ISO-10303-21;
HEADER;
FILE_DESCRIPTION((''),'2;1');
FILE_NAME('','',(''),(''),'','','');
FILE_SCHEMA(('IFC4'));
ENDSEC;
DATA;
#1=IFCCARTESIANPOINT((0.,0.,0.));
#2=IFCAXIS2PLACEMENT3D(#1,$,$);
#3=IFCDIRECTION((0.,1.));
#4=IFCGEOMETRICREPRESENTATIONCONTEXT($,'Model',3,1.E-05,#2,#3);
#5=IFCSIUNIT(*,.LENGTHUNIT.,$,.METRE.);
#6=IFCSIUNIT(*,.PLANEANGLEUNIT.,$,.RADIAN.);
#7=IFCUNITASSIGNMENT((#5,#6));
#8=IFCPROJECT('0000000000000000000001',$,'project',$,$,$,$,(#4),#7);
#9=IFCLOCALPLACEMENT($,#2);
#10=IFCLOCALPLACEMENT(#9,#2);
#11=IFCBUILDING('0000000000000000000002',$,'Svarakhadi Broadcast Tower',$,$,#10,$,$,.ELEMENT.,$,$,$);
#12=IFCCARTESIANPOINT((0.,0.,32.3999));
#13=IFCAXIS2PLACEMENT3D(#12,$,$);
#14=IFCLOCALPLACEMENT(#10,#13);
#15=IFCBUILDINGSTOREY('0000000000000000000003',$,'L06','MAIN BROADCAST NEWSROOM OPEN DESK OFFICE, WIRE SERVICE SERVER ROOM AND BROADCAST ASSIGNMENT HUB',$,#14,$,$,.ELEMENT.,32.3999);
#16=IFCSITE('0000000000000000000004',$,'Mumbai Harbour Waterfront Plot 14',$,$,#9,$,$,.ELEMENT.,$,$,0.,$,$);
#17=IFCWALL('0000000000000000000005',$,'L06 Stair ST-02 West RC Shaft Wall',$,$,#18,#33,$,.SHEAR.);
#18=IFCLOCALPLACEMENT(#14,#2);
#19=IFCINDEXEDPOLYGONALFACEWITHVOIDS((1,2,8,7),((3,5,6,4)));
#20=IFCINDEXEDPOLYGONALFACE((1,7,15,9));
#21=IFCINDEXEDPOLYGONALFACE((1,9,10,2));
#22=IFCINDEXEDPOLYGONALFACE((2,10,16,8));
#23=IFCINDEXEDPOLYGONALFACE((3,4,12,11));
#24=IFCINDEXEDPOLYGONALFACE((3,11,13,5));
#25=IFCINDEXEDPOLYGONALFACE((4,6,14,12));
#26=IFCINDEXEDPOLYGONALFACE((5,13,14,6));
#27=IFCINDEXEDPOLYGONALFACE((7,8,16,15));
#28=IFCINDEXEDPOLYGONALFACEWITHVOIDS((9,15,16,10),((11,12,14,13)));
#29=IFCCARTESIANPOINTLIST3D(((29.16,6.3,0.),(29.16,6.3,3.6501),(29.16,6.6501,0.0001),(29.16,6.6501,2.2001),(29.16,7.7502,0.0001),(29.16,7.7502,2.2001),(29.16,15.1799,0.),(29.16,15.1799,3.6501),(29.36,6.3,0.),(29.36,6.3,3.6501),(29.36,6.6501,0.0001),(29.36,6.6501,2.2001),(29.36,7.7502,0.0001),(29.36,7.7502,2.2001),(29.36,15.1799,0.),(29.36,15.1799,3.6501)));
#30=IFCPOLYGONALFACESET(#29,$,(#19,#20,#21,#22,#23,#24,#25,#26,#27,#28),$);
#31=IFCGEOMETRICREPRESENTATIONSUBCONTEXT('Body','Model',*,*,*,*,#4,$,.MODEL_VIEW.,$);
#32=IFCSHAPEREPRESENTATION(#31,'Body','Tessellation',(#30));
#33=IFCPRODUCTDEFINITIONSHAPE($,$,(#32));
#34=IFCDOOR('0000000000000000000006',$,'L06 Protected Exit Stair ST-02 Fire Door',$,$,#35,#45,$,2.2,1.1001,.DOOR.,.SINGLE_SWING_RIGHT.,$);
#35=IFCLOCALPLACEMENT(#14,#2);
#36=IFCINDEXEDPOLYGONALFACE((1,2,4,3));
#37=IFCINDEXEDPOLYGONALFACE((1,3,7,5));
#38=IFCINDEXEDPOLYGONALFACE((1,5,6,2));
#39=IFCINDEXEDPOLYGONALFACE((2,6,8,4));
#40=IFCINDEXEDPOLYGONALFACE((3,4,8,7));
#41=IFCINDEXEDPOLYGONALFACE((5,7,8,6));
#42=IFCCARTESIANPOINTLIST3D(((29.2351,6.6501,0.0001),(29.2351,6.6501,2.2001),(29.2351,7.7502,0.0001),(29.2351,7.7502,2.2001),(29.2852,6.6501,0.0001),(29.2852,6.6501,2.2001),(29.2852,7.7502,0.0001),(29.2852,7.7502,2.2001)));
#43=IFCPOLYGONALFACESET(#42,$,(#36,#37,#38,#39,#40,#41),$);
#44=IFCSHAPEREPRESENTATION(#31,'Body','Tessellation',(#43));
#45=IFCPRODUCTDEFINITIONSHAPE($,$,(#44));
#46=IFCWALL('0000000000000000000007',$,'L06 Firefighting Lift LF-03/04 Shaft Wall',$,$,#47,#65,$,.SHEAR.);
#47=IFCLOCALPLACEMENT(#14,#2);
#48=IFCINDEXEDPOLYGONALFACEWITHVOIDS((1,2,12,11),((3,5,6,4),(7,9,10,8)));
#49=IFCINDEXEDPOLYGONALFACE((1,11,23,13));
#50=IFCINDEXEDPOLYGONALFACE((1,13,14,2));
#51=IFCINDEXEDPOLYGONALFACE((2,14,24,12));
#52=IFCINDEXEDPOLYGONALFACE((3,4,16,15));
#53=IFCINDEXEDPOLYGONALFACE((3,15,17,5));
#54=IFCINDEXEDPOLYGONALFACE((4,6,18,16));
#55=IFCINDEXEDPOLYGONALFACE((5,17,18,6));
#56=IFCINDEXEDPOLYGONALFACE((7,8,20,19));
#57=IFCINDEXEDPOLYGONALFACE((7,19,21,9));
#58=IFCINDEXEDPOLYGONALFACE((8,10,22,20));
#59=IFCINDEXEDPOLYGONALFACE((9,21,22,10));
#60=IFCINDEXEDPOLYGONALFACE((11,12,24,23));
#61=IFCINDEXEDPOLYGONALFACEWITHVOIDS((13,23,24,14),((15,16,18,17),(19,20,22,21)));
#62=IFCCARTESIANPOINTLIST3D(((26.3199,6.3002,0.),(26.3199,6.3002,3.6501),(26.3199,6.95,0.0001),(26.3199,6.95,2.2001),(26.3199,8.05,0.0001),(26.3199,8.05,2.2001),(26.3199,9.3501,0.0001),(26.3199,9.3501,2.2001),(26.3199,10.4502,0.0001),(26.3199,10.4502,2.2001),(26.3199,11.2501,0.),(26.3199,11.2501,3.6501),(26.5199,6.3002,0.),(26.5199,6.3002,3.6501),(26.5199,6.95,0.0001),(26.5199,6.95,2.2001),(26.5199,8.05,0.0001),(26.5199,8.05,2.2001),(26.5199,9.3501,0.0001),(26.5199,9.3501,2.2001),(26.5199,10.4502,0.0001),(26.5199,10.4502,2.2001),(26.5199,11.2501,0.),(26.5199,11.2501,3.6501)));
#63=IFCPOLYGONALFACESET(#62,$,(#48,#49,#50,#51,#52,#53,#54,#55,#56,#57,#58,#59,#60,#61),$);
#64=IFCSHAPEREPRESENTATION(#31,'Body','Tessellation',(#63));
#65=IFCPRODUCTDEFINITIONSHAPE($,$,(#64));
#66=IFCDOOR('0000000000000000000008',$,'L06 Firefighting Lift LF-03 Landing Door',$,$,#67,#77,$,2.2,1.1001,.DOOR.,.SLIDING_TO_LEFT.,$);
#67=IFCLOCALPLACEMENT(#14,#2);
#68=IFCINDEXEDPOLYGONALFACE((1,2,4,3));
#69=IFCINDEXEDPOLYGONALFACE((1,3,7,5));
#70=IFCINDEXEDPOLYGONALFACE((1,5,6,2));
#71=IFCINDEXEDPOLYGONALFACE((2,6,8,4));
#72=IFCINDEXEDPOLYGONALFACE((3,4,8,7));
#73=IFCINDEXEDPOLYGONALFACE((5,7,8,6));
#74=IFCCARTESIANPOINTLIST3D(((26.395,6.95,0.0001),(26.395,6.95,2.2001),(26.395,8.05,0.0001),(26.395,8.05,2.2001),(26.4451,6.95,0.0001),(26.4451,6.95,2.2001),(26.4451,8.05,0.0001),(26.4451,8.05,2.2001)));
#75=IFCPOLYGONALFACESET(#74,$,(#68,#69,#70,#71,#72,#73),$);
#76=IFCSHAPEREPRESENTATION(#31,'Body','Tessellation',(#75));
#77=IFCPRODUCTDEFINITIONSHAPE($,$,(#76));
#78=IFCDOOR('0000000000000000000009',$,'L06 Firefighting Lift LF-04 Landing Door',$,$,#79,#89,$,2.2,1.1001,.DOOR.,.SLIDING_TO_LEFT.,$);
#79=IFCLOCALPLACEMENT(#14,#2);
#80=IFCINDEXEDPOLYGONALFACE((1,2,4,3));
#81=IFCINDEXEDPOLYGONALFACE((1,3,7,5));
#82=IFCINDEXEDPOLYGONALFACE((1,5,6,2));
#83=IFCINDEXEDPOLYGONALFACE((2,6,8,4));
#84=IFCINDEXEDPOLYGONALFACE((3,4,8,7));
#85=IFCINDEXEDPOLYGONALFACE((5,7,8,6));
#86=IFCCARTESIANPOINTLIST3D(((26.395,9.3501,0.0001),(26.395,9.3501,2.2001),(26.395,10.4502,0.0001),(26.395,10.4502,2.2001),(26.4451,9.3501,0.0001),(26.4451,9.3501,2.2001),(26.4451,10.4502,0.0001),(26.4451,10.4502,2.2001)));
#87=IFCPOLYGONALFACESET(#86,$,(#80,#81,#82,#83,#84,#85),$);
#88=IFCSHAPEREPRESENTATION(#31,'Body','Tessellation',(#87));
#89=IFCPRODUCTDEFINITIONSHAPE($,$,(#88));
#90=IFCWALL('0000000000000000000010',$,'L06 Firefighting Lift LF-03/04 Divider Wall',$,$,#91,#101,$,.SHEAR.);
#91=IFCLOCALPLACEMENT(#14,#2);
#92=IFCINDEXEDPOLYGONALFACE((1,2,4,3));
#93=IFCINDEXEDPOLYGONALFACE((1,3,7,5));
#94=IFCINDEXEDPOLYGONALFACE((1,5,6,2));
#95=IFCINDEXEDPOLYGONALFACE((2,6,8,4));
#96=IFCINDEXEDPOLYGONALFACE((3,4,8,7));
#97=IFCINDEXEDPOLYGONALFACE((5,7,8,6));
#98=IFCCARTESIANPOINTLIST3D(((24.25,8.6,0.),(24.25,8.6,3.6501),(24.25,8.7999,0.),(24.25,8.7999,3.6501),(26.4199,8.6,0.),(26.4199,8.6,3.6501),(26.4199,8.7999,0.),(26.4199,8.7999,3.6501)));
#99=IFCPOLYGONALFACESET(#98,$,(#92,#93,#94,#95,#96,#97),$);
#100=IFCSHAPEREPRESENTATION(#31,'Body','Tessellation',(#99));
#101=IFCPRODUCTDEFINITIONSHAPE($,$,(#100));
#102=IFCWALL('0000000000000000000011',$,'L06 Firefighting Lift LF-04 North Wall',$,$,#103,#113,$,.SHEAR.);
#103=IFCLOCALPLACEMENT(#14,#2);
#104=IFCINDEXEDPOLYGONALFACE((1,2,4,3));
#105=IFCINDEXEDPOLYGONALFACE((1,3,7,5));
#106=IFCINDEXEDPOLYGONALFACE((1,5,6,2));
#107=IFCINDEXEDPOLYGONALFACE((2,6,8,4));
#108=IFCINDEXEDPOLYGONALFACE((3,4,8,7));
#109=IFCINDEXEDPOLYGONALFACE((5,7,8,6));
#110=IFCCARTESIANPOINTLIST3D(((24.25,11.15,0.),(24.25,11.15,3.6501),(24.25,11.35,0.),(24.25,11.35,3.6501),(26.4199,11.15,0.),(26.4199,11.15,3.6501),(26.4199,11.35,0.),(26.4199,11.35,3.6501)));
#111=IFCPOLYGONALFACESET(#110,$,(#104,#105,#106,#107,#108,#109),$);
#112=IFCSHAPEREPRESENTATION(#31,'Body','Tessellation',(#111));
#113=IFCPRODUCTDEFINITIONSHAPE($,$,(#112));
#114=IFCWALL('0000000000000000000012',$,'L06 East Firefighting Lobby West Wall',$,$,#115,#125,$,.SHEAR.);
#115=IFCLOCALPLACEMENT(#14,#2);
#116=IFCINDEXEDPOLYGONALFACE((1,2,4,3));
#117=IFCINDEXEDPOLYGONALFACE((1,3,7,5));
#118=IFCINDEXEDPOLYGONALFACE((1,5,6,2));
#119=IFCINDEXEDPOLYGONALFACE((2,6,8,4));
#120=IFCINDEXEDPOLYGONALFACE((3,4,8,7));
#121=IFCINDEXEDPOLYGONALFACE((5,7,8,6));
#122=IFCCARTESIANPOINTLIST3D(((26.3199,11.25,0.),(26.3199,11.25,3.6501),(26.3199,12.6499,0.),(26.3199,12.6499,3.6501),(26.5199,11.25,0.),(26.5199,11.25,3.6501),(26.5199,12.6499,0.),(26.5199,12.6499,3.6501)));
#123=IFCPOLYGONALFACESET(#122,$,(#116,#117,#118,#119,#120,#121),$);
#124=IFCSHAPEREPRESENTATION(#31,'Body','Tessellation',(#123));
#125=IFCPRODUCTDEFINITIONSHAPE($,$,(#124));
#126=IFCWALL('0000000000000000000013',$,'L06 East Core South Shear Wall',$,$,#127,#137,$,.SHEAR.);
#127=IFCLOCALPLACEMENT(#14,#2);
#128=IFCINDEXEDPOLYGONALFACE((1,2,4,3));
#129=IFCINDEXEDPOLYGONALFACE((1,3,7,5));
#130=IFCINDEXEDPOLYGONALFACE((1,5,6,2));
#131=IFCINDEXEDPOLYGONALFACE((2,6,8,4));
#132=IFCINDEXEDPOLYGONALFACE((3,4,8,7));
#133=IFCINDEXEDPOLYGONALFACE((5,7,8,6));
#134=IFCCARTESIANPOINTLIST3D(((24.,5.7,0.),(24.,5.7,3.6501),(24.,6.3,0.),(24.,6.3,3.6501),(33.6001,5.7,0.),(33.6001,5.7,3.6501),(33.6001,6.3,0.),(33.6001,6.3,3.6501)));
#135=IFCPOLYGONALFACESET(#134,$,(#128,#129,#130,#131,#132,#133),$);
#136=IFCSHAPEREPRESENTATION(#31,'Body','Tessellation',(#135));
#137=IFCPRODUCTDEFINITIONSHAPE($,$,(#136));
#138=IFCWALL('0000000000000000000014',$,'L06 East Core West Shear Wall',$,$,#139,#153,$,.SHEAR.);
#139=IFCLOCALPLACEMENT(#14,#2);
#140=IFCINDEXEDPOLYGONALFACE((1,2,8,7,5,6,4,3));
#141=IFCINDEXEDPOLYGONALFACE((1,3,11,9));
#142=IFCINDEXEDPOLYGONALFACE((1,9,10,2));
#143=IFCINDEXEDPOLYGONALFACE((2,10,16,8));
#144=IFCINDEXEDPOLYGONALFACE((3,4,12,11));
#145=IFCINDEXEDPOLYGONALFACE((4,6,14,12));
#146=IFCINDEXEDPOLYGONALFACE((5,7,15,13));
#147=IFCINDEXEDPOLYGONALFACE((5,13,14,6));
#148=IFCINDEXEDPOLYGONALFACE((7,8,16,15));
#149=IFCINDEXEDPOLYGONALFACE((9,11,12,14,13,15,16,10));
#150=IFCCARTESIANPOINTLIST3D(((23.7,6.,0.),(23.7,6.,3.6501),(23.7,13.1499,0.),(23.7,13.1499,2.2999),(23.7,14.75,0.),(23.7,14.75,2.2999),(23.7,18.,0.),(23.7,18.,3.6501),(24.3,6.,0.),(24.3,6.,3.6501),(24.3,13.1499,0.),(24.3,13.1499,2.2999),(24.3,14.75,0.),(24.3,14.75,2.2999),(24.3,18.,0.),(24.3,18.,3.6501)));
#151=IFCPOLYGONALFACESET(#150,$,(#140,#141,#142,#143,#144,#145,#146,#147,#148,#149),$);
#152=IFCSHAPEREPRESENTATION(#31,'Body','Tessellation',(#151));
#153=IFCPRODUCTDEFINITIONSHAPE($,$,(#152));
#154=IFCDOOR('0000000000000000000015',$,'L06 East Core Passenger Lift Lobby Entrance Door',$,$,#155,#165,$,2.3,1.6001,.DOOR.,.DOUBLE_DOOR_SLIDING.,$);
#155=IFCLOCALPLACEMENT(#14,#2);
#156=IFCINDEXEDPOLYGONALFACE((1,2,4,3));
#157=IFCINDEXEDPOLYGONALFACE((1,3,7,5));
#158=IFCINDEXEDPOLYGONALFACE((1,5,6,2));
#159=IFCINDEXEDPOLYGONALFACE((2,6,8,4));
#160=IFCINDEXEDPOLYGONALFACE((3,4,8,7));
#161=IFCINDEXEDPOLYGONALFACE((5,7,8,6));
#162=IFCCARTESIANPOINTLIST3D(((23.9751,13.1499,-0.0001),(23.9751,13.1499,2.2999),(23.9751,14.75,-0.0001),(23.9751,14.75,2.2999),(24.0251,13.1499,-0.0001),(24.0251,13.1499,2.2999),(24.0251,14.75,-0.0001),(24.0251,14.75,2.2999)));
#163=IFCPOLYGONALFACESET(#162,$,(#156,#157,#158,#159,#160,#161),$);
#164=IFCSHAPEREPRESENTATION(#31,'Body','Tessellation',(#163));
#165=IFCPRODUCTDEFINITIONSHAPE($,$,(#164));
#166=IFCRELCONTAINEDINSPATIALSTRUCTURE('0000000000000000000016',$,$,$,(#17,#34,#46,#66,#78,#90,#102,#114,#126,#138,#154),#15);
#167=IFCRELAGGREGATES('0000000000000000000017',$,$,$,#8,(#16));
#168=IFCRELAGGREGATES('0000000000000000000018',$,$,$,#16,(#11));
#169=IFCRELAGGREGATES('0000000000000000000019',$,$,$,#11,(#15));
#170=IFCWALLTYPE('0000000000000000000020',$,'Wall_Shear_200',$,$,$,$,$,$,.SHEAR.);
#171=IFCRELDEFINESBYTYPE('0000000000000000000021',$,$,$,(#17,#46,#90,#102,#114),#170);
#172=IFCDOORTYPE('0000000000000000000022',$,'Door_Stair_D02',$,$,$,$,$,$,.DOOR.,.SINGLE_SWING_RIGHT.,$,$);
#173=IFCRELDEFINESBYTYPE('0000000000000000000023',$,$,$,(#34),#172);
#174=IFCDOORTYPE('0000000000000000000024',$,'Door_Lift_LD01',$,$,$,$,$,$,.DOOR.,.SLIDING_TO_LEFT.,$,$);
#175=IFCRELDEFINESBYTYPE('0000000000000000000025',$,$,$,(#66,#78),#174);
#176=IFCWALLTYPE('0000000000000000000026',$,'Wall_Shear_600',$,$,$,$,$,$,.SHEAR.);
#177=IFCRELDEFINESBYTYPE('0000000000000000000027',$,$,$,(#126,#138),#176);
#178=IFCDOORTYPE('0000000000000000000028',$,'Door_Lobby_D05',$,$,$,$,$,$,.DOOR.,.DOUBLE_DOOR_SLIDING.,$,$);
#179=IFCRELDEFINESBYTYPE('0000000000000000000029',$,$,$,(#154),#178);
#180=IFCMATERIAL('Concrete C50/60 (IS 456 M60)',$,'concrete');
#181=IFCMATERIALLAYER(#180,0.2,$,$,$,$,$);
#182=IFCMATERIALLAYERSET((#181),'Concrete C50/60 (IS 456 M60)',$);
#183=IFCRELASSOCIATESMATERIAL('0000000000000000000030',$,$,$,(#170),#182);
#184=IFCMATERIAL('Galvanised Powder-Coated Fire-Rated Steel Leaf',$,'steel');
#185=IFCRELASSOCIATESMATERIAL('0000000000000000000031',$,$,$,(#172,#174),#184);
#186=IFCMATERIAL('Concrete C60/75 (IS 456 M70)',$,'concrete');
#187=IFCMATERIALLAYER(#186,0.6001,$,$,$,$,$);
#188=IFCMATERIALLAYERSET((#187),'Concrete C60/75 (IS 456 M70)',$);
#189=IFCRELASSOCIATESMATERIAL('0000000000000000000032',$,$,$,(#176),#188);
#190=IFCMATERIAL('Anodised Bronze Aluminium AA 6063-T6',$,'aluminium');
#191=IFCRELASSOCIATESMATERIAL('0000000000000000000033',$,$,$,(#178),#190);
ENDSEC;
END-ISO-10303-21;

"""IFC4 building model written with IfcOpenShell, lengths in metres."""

from ifc_helpers import new_model, si_unit, direction, frame, frame_2d, origin, place, context, subcontext, project, spatial, rectangle, extrude, material, layer, layer_set, type_object, element, fill, save


model = new_model("IFC4")

# Units and contexts
model_context = context("Model", 3, precision=1e-05, world=origin(), true_north=direction((0.0, 1.0)))
body_context = subcontext(model_context, "Body", "Model", "MODEL_VIEW")
ifc_project = project(units=[si_unit("LENGTHUNIT", "METRE"), si_unit("PLANEANGLEUNIT", "RADIAN")], contexts=[model_context])

# Site, building, storey
site_placement = place(None, origin())
site = spatial("IfcSite", under=ifc_project, at=site_placement, Name="Mumbai Harbour Waterfront Plot 14", CompositionType="ELEMENT", RefElevation=0.0)
building_placement = place(site_placement, origin())
building = spatial("IfcBuilding", under=site, at=building_placement, Name="Svarakhadi Broadcast Tower", CompositionType="ELEMENT")
storey_placement = place(building_placement, frame((0.0, 0.0, 32.3999)))
storey = spatial("IfcBuildingStorey", under=building, at=storey_placement, Name="L06", Description="MAIN BROADCAST NEWSROOM OPEN DESK OFFICE, WIRE SERVICE SERVER ROOM AND BROADCAST ASSIGNMENT HUB", CompositionType="ELEMENT", Elevation=32.3999)

# Shared definitions
ifc_material_1 = material(Name="Concrete C60/75 (IS 456 M70)", Category="concrete")

# Shared definitions
ifc_material_2 = material(Name="Concrete C50/60 (IS 456 M60)", Category="concrete")

# Wall, opening, door
ifc_layer_1 = layer(ifc_material_2, 0.2)
ifc_layer_set_1 = layer_set([ifc_layer_1], Name="Concrete C50/60 (IS 456 M60)")
wall_type_1 = type_object("IfcWallType", Name="Wall_Shear_200", PredefinedType="SHEAR", material=ifc_layer_set_1)
wall_1_placement = place(storey_placement, frame((29.26, 6.3, 0.0), z_axis=(0.0, 0.0, 1.0), x_axis=(0.0, 1.0, 0.0)))
wall_1 = element("IfcWall", 1, at=wall_1_placement, inside=storey, type_object=wall_type_1, Name="L06 Stair ST-02 West RC Shaft Wall", PredefinedType="SHEAR", context=body_context, shape_type="SweptSolid", body=[
    extrude(rectangle(XDim=8.8799, YDim=0.2, at=frame_2d((4.4399, 0.0))), origin(), (0.0, 0.0, 1.0), 3.6501),
])
opening_1_placement = place(wall_1_placement, frame((0.3501, 0.0, 0.0)))
opening_1 = element("IfcOpeningElement", 2, at=opening_1_placement, cuts=wall_1, PredefinedType="OPENING", context=body_context, shape_type="SweptSolid", body=[
    extrude(rectangle(XDim=1.1001, YDim=2.2, at=frame_2d((0.55, 1.1001))), frame((0.0, 0.1099, 0.0), z_axis=(0.0, -1.0, 0.0), x_axis=(1.0, 0.0, 0.0)), (0.0, 0.0, 1.0), 0.22),
])
ifc_material_3 = material(Name="Galvanised Powder-Coated Fire-Rated Steel Leaf", Category="steel")
door_type_1 = type_object("IfcDoorType", Name="Door_Stair_D02", OperationType="SINGLE_SWING_RIGHT", PredefinedType="DOOR", material=ifc_material_3)
door_1_placement = place(opening_1_placement, origin())
door_1 = element("IfcDoor", 3, at=door_1_placement, inside=storey, type_object=door_type_1, Name="L06 Protected Exit Stair ST-02 Fire Door", OperationType="SINGLE_SWING_RIGHT", OverallHeight=2.2, OverallWidth=1.1001, PredefinedType="DOOR", context=body_context, shape_type="SweptSolid", body=[
    extrude(rectangle(XDim=1.1001, YDim=2.2, at=frame_2d((0.55, 1.1001))), frame((0.0, 0.0249, 0.0), z_axis=(0.0, -1.0, 0.0), x_axis=(1.0, 0.0, 0.0)), (0.0, 0.0, 1.0), 0.05),
])
fill(opening_1, door_1)

# Wall, openings, doors
wall_2_placement = place(storey_placement, frame((26.4199, 6.3, 0.0), z_axis=(0.0, 0.0, 1.0), x_axis=(0.0, 1.0, 0.0)))
wall_2 = element("IfcWall", 4, at=wall_2_placement, inside=storey, type_object=wall_type_1, Name="L06 Firefighting Lift LF-03/04 Shaft Wall", PredefinedType="SHEAR", context=body_context, shape_type="SweptSolid", body=[
    extrude(rectangle(XDim=4.95, YDim=0.2, at=frame_2d((2.4751, 0.0))), origin(), (0.0, 0.0, 1.0), 3.6501),
])
opening_2_placement = place(wall_2_placement, frame((0.6499, 0.0, 0.0)))
opening_2 = element("IfcOpeningElement", 5, at=opening_2_placement, cuts=wall_2, PredefinedType="OPENING", context=body_context, shape_type="SweptSolid", body=[
    extrude(rectangle(XDim=1.1001, YDim=2.2, at=frame_2d((0.55, 1.1001))), frame((0.0, 0.1099, 0.0), z_axis=(0.0, -1.0, 0.0), x_axis=(1.0, 0.0, 0.0)), (0.0, 0.0, 1.0), 0.22),
])
opening_3_placement = place(wall_2_placement, frame((3.05, 0.0, 0.0)))
opening_3 = element("IfcOpeningElement", 6, at=opening_3_placement, cuts=wall_2, PredefinedType="OPENING", context=body_context, shape_type="SweptSolid", body=[
    extrude(rectangle(XDim=1.1001, YDim=2.2, at=frame_2d((0.55, 1.1001))), frame((0.0, 0.1099, 0.0), z_axis=(0.0, -1.0, 0.0), x_axis=(1.0, 0.0, 0.0)), (0.0, 0.0, 1.0), 0.22),
])
door_type_2 = type_object("IfcDoorType", Name="Door_Lift_LD01", OperationType="SLIDING_TO_LEFT", PredefinedType="DOOR", material=ifc_material_3)
door_2_placement = place(opening_2_placement, origin())
door_2 = element("IfcDoor", 7, at=door_2_placement, inside=storey, type_object=door_type_2, Name="L06 Firefighting Lift LF-03 Landing Door", OperationType="SLIDING_TO_LEFT", OverallHeight=2.2, OverallWidth=1.1001, PredefinedType="DOOR", context=body_context, shape_type="SweptSolid", body=[
    extrude(rectangle(XDim=1.1001, YDim=2.2, at=frame_2d((0.55, 1.1001))), frame((0.0, 0.0249, 0.0), z_axis=(0.0, -1.0, 0.0), x_axis=(1.0, 0.0, 0.0)), (0.0, 0.0, 1.0), 0.05),
])
fill(opening_2, door_2)
door_3_placement = place(opening_3_placement, origin())
door_3 = element("IfcDoor", 8, at=door_3_placement, inside=storey, type_object=door_type_2, Name="L06 Firefighting Lift LF-04 Landing Door", OperationType="SLIDING_TO_LEFT", OverallHeight=2.2, OverallWidth=1.1001, PredefinedType="DOOR", context=body_context, shape_type="SweptSolid", body=[
    extrude(rectangle(XDim=1.1001, YDim=2.2, at=frame_2d((0.55, 1.1001))), frame((0.0, 0.0249, 0.0), z_axis=(0.0, -1.0, 0.0), x_axis=(1.0, 0.0, 0.0)), (0.0, 0.0, 1.0), 0.05),
])
fill(opening_3, door_3)

# Walls
for number, where, z_axis, x_axis, name in (
    (9, (24.25, 8.7, 0.0), (0.0, 0.0, 1.0), (1.0, 0.0, 0.0), "L06 Firefighting Lift LF-03/04 Divider Wall"),
    (10, (24.25, 11.25, 0.0), (0.0, 0.0, 1.0), (1.0, 0.0, 0.0), "L06 Firefighting Lift LF-04 North Wall"),
):
    element("IfcWall", number, at=place(storey_placement, frame(where, z_axis=z_axis, x_axis=x_axis)), inside=storey, type_object=wall_type_1, Name=name, PredefinedType="SHEAR", context=body_context, shape_type="SweptSolid", body=[
        extrude(rectangle(XDim=2.1699, YDim=0.2, at=frame_2d((1.085, 0.0))), origin(), (0.0, 0.0, 1.0), 3.6501),
    ])
wall_3_placement = place(storey_placement, frame((26.4199, 11.25, 0.0), z_axis=(0.0, 0.0, 1.0), x_axis=(0.0, 1.0, 0.0)))
element("IfcWall", 11, at=wall_3_placement, inside=storey, type_object=wall_type_1, Name="L06 East Firefighting Lobby West Wall", PredefinedType="SHEAR", context=body_context, shape_type="SweptSolid", body=[
    extrude(rectangle(XDim=1.3999, YDim=0.2, at=frame_2d((0.7, 0.0))), origin(), (0.0, 0.0, 1.0), 3.6501),
])
ifc_layer_2 = layer(ifc_material_1, 0.6001)
ifc_layer_set_2 = layer_set([ifc_layer_2], Name="Concrete C60/75 (IS 456 M70)")
wall_type_2 = type_object("IfcWallType", Name="Wall_Shear_600", PredefinedType="SHEAR", material=ifc_layer_set_2)
wall_4_placement = place(storey_placement, frame((24.0, 6.0, 0.0), z_axis=(0.0, 0.0, 1.0), x_axis=(1.0, 0.0, 0.0)))
element("IfcWall", 12, at=wall_4_placement, inside=storey, type_object=wall_type_2, Name="L06 East Core South Shear Wall", PredefinedType="SHEAR", context=body_context, shape_type="SweptSolid", body=[
    extrude(rectangle(XDim=9.6001, YDim=0.6001, at=frame_2d((4.8, 0.0))), origin(), (0.0, 0.0, 1.0), 3.6501),
])

# Wall, opening, door
wall_5_placement = place(storey_placement, frame((24.0, 6.0, 0.0), z_axis=(0.0, 0.0, 1.0), x_axis=(0.0, 1.0, 0.0)))
wall_5 = element("IfcWall", 13, at=wall_5_placement, inside=storey, type_object=wall_type_2, Name="L06 East Core West Shear Wall", PredefinedType="SHEAR", context=body_context, shape_type="SweptSolid", body=[
    extrude(rectangle(XDim=12.0, YDim=0.6001, at=frame_2d((6.0, 0.0))), origin(), (0.0, 0.0, 1.0), 3.6501),
])
opening_4_placement = place(wall_5_placement, frame((7.1499, 0.0, 0.0)))
opening_4 = element("IfcOpeningElement", 14, at=opening_4_placement, cuts=wall_5, PredefinedType="OPENING", context=body_context, shape_type="SweptSolid", body=[
    extrude(rectangle(XDim=1.6001, YDim=2.3, at=frame_2d((0.8, 1.1499))), frame((0.0, 0.3101, 0.0), z_axis=(0.0, -1.0, 0.0), x_axis=(1.0, 0.0, 0.0)), (0.0, 0.0, 1.0), 0.6201),
])
ifc_material_4 = material(Name="Anodised Bronze Aluminium AA 6063-T6", Category="aluminium")
door_type_3 = type_object("IfcDoorType", Name="Door_Lobby_D05", OperationType="DOUBLE_DOOR_SLIDING", PredefinedType="DOOR", material=ifc_material_4)
door_4_placement = place(opening_4_placement, origin())
door_4 = element("IfcDoor", 15, at=door_4_placement, inside=storey, type_object=door_type_3, Name="L06 East Core Passenger Lift Lobby Entrance Door", OperationType="DOUBLE_DOOR_SLIDING", OverallHeight=2.3, OverallWidth=1.6001, PredefinedType="DOOR", context=body_context, shape_type="SweptSolid", body=[
    extrude(rectangle(XDim=1.6001, YDim=2.3, at=frame_2d((0.8, 1.1499))), frame((0.0, 0.0249, 0.0), z_axis=(0.0, -1.0, 0.0), x_axis=(1.0, 0.0, 0.0)), (0.0, 0.0, 1.0), 0.05),
])
fill(opening_4, door_4)

save(model, "model.ifc")
